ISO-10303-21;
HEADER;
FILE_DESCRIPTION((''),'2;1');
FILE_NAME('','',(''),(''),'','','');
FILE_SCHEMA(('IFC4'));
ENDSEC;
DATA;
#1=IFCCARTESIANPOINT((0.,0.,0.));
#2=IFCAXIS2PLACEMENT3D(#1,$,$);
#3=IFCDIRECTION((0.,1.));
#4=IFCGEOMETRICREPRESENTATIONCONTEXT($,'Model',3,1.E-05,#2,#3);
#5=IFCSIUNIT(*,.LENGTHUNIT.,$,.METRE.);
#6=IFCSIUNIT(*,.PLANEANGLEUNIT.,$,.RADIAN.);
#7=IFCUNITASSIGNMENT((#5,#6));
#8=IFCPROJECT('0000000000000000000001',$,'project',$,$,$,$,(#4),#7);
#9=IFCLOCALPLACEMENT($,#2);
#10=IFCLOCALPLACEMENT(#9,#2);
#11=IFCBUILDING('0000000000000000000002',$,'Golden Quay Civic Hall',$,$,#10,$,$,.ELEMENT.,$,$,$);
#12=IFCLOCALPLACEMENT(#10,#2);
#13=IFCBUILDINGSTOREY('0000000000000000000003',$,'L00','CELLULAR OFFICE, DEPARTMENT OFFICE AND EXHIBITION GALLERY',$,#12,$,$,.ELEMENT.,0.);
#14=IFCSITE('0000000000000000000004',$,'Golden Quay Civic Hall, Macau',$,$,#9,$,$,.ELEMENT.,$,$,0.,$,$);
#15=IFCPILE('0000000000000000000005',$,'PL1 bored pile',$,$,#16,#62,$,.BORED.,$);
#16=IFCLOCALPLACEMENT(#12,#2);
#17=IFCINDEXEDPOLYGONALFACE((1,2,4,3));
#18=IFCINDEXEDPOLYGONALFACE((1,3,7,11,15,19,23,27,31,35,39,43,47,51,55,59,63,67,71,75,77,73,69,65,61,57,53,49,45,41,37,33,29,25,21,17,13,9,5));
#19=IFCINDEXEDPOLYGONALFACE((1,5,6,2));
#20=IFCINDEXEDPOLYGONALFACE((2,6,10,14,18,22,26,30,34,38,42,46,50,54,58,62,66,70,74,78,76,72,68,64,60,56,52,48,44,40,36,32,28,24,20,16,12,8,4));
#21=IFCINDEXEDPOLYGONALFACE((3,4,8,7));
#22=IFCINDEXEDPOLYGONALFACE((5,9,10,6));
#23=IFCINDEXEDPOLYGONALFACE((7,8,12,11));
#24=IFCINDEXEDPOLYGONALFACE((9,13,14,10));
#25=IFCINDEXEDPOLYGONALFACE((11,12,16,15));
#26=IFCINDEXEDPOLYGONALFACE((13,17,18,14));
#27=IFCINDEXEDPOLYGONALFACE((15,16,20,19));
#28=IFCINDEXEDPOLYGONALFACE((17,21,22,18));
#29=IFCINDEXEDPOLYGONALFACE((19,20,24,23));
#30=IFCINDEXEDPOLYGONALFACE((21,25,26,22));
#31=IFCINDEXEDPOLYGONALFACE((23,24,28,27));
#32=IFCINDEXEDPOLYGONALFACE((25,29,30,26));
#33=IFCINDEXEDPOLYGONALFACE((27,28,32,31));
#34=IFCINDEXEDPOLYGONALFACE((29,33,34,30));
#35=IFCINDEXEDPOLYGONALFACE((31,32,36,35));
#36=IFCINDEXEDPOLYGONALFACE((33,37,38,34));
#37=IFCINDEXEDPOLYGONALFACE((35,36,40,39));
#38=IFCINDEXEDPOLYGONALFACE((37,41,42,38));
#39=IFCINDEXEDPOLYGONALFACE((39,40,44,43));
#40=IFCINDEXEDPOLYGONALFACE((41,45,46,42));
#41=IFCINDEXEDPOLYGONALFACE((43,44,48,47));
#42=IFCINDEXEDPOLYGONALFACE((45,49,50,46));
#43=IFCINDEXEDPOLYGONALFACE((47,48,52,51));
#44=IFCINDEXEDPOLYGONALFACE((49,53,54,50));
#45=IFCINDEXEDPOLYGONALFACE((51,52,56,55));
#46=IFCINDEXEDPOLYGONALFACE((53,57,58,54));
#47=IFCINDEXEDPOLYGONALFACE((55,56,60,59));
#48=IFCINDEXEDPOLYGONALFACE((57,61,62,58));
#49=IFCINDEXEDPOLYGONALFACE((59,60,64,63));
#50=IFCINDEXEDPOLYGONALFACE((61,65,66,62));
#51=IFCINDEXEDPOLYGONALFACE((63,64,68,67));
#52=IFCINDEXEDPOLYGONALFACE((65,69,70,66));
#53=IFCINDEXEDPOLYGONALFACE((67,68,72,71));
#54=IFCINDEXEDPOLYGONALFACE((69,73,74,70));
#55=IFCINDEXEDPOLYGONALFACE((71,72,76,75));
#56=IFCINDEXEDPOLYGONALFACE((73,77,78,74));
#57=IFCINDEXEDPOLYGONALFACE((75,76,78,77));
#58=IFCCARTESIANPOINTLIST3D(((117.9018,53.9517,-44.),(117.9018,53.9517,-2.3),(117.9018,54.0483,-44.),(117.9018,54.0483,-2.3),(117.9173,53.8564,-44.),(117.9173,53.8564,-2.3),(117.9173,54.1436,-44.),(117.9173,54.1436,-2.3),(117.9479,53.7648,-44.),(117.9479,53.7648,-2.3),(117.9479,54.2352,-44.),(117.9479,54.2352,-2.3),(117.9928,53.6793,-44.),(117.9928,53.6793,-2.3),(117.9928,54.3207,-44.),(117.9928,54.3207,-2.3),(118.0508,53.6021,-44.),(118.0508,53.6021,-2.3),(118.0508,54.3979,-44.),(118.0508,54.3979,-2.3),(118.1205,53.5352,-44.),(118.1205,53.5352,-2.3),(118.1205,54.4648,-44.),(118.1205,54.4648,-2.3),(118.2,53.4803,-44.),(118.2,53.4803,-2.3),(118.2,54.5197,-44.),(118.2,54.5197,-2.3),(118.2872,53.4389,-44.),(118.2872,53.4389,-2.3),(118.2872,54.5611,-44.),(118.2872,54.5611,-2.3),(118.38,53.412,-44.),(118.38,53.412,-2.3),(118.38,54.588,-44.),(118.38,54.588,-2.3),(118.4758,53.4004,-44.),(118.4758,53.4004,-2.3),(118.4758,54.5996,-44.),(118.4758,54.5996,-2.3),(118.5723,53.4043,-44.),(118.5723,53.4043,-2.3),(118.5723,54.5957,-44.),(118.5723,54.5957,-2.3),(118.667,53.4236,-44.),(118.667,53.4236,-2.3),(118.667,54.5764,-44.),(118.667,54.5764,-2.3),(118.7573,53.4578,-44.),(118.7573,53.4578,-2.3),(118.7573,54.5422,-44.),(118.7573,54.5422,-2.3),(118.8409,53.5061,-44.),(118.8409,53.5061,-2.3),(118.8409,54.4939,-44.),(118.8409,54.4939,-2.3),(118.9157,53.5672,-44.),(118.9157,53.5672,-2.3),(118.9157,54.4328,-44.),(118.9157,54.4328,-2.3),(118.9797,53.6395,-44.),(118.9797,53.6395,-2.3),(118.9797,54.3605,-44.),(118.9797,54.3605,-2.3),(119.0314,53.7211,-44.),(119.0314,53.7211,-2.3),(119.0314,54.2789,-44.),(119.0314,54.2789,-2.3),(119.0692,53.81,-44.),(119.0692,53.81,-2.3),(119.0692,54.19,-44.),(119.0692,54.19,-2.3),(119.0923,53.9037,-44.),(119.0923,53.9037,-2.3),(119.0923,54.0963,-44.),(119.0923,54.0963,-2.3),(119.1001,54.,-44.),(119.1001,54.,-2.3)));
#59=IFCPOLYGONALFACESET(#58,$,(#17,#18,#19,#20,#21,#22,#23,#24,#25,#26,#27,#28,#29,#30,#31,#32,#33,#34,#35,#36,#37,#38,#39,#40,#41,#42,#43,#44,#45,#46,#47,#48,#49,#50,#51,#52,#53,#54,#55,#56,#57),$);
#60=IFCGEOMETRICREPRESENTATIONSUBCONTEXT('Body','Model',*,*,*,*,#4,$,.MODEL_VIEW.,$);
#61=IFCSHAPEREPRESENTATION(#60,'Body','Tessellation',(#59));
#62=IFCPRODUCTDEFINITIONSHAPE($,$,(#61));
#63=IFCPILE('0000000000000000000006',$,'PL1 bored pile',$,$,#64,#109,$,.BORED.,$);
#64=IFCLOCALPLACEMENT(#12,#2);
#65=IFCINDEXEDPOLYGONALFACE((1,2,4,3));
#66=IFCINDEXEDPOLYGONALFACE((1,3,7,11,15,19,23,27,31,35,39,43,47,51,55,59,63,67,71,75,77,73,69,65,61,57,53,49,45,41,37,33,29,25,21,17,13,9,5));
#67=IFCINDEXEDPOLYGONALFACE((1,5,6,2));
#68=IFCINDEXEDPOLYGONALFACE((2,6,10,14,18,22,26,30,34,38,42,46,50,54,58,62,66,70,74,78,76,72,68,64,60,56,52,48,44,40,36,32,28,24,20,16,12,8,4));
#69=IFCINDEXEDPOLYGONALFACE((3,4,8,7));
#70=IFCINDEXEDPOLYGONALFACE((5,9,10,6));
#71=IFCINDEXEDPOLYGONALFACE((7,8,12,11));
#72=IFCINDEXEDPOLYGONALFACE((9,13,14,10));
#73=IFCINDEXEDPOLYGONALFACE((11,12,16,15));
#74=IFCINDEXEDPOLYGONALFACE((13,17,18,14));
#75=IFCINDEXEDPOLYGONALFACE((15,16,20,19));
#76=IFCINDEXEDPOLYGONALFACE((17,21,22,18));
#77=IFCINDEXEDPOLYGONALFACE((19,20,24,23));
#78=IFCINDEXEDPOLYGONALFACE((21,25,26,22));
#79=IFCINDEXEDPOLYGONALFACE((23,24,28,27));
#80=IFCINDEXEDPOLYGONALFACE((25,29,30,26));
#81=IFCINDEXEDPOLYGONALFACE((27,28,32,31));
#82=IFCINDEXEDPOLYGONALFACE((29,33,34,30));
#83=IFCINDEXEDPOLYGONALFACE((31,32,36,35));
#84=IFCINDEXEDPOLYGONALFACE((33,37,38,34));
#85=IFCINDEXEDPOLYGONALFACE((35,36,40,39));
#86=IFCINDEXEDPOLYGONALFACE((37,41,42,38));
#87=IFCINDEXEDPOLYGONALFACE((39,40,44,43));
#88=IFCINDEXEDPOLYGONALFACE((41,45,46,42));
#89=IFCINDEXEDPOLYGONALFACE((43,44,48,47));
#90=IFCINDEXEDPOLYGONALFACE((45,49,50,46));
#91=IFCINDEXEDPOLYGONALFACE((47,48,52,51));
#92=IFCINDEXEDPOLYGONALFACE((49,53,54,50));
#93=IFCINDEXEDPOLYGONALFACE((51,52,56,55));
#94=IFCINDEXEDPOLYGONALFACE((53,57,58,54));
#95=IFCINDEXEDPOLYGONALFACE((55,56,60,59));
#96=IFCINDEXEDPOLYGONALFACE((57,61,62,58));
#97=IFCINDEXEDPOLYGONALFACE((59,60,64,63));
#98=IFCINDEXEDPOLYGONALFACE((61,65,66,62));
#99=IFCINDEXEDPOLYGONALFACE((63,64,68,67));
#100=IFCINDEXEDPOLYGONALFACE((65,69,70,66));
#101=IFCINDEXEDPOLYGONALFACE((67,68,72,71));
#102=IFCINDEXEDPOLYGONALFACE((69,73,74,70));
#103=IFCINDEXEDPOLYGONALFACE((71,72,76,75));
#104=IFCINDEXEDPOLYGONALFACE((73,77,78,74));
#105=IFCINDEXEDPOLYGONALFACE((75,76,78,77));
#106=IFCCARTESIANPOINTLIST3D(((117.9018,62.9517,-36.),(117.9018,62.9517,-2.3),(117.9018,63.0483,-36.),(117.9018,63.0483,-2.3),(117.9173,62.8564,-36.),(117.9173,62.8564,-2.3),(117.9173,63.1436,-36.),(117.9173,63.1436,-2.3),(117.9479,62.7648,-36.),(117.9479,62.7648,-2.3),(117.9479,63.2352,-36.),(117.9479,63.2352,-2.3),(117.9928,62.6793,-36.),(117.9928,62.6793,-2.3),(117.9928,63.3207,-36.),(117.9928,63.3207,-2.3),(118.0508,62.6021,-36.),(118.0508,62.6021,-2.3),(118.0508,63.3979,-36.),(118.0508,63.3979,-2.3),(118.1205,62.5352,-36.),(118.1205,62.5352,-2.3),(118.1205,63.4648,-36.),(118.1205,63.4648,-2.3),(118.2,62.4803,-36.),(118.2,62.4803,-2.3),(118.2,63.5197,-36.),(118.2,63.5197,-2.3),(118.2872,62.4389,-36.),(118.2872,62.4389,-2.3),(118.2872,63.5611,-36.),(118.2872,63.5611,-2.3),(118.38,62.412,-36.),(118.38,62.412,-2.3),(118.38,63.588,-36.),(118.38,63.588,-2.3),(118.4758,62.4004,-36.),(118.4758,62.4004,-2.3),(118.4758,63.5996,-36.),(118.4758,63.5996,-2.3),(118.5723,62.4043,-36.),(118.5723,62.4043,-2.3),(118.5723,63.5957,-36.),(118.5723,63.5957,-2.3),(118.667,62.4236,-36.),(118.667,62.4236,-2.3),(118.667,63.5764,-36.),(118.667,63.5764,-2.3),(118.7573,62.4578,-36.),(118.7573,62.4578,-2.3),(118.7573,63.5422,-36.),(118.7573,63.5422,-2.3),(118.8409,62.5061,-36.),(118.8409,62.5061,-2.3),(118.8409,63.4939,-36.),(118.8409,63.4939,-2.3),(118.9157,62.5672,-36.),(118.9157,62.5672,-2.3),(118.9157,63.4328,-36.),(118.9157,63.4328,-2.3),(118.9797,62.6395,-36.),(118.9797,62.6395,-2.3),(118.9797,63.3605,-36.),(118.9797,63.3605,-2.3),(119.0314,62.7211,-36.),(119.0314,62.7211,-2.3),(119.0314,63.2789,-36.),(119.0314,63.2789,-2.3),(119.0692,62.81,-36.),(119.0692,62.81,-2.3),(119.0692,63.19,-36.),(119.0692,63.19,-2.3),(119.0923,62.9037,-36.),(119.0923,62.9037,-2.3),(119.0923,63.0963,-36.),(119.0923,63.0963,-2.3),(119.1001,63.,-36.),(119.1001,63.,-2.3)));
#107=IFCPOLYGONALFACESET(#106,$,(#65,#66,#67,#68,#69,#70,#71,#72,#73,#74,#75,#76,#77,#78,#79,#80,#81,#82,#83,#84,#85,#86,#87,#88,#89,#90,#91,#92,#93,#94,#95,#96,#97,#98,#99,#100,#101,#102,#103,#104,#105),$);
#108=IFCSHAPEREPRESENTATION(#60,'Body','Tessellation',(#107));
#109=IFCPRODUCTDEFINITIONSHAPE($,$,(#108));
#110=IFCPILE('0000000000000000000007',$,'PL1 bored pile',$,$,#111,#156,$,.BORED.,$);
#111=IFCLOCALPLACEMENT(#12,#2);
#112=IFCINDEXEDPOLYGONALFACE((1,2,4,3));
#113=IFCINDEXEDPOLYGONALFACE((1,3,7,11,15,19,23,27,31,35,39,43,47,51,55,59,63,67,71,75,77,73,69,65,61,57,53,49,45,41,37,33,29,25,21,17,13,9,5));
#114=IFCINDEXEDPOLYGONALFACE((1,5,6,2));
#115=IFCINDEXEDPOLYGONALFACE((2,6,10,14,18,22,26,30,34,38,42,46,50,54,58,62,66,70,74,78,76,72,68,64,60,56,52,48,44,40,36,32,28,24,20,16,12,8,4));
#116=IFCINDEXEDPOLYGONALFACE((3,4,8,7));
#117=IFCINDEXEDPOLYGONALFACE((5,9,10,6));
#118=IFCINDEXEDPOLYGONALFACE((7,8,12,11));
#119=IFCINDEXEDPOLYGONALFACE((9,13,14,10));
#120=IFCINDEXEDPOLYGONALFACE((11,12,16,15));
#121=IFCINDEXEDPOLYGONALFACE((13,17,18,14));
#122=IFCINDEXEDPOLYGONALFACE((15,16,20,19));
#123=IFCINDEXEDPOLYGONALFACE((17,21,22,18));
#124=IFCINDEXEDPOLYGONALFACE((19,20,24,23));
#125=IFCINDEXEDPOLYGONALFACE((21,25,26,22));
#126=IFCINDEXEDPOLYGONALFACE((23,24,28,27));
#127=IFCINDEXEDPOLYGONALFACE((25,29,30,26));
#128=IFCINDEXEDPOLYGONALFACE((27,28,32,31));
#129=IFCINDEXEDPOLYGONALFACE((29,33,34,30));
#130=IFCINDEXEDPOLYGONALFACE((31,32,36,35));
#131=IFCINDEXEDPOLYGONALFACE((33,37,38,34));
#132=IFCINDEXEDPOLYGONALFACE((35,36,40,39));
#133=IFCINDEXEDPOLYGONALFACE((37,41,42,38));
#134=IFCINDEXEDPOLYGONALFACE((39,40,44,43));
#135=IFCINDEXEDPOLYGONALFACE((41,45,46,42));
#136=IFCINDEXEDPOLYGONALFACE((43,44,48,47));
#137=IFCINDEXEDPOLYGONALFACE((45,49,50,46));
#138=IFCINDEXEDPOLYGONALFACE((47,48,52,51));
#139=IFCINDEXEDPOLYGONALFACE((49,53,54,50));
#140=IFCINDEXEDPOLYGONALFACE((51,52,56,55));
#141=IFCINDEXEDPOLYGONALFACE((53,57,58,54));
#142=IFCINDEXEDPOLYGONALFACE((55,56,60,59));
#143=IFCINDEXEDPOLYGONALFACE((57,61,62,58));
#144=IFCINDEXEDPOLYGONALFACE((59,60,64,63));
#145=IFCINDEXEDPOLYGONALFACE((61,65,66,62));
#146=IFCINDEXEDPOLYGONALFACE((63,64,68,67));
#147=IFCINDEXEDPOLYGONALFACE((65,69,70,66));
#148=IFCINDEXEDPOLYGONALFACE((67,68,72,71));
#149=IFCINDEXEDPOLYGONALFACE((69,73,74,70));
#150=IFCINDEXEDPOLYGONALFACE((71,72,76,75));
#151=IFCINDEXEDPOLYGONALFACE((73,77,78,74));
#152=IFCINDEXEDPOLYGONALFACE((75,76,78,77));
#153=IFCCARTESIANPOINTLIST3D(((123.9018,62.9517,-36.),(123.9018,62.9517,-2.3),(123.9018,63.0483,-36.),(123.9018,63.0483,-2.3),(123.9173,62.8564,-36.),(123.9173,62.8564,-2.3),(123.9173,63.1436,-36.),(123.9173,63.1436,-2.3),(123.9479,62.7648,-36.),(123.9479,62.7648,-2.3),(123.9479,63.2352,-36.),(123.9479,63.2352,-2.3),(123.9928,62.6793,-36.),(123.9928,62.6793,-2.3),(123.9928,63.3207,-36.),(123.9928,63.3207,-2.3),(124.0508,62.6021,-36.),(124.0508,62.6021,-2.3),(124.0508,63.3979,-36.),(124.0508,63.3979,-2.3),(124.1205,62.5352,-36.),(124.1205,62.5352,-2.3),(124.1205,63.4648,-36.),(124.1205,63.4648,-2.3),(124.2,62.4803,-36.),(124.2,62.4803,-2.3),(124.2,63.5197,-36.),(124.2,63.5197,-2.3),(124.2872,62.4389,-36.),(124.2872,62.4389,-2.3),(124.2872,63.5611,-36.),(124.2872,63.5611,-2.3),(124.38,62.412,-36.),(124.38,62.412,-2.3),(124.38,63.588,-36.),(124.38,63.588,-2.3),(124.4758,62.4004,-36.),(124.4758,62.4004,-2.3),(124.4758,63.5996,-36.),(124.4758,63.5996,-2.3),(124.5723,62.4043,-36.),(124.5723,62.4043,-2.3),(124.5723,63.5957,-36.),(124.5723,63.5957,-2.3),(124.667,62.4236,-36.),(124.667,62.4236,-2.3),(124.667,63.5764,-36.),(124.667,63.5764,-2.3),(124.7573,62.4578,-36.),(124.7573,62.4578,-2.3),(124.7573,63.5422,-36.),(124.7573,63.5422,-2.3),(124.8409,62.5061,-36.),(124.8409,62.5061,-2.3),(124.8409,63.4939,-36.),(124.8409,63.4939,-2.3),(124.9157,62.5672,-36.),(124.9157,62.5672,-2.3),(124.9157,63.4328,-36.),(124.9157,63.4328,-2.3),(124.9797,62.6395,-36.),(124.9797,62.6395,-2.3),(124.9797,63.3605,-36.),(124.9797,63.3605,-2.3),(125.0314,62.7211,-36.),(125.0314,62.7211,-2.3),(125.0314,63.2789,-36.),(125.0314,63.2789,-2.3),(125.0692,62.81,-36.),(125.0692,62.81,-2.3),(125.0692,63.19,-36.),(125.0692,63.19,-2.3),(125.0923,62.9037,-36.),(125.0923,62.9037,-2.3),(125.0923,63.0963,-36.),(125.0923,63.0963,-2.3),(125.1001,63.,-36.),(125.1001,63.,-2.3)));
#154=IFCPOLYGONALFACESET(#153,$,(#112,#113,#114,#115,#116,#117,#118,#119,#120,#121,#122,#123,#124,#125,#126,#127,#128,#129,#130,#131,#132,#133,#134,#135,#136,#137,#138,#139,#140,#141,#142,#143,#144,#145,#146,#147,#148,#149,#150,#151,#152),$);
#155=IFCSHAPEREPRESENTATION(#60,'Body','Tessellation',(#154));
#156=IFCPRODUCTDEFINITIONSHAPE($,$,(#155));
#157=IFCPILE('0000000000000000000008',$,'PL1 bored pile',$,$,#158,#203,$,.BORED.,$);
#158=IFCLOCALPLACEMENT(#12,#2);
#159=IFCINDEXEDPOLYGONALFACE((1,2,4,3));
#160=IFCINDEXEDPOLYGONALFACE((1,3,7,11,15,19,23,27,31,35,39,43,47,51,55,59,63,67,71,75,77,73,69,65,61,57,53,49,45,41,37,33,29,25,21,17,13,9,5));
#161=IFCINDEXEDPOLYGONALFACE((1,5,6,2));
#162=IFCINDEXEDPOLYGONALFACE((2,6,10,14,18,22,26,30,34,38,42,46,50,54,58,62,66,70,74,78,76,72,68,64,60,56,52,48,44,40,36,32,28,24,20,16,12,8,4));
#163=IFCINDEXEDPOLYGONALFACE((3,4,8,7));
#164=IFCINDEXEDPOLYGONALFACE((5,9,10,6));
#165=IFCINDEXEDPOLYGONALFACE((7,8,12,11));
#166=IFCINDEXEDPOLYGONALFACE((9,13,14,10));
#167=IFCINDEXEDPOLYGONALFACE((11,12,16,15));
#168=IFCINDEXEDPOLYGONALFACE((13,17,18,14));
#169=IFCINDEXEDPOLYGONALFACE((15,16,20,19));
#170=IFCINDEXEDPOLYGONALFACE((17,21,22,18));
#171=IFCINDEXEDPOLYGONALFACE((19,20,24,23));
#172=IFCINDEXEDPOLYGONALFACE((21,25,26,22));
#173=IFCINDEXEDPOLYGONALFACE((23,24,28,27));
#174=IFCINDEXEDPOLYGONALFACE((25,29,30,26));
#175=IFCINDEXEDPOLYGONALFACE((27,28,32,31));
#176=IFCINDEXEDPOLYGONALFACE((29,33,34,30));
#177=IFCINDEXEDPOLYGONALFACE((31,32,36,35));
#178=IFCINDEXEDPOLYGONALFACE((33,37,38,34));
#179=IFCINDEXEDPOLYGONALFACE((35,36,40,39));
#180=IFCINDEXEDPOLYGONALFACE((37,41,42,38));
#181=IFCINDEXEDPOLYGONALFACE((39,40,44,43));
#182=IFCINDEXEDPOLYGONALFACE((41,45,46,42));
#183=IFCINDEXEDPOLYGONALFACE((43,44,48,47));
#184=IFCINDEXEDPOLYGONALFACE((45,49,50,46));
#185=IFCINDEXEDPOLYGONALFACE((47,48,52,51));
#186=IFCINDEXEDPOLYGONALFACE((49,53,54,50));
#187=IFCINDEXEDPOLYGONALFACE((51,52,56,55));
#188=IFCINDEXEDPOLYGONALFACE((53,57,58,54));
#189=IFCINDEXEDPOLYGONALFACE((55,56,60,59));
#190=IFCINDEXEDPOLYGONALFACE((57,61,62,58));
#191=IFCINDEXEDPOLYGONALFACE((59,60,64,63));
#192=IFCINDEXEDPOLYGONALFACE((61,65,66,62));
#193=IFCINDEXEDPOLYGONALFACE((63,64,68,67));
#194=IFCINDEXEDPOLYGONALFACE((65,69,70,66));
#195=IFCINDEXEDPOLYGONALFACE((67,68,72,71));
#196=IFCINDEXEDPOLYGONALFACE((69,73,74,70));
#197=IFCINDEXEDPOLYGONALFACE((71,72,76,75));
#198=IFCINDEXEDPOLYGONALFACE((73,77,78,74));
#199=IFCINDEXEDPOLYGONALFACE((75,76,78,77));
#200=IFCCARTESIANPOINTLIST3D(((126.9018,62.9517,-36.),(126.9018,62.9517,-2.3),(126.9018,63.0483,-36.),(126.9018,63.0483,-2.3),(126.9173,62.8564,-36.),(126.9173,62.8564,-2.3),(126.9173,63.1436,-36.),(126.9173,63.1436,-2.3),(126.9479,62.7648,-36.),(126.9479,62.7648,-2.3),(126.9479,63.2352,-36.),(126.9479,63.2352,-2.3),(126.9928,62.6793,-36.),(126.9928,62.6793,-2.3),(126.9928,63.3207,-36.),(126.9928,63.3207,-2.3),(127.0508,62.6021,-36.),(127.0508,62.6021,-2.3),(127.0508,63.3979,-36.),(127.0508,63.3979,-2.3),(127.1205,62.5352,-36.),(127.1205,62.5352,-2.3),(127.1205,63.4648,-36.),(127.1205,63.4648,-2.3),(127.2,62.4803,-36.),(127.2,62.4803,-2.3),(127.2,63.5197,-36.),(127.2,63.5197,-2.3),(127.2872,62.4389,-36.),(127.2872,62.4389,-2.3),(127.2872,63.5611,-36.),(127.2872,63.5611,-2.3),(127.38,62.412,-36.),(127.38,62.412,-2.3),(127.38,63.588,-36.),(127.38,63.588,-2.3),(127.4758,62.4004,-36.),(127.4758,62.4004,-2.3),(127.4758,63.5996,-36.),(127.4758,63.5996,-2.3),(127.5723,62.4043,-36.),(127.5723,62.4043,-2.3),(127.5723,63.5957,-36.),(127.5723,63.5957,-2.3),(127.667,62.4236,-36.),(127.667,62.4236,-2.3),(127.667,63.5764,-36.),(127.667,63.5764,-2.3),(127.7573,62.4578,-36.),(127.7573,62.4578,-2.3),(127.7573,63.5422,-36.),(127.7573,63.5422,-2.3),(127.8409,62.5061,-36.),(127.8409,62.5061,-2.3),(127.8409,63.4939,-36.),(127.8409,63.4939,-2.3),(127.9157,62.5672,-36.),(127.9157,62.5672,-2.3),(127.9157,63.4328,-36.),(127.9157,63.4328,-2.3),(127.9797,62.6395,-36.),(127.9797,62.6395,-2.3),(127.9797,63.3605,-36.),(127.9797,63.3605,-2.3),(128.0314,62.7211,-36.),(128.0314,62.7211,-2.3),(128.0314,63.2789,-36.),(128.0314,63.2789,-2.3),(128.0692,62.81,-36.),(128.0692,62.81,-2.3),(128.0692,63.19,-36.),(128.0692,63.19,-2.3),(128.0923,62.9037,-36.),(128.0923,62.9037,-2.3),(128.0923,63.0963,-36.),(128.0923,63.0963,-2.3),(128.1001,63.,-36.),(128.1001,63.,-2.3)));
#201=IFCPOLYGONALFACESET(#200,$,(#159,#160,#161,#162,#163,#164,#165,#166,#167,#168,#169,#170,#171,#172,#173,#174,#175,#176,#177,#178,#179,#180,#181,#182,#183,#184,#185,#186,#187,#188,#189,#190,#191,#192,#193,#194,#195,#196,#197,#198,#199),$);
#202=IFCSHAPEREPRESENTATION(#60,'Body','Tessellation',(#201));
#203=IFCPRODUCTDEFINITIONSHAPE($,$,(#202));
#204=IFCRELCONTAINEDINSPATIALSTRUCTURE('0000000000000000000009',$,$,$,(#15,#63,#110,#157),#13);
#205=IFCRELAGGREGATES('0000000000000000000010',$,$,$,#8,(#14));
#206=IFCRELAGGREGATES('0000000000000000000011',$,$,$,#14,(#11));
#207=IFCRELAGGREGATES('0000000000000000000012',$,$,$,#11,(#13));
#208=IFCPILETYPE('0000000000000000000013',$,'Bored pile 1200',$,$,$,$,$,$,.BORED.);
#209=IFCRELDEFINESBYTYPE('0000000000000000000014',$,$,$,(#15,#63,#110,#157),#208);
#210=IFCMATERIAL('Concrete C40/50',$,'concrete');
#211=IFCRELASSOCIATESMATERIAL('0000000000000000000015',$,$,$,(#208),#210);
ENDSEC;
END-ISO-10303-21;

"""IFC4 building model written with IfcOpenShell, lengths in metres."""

from ifc_helpers import new_model, si_unit, direction, frame, origin, origin_2d, place, context, subcontext, project, spatial, circle, extrude, material, material_profile, profile_set, type_object, element, save


model = new_model("IFC4")

# Units and contexts
model_context = context("Model", 3, precision=1e-05, world=origin(), true_north=direction((0.0, 1.0)))
body_context = subcontext(model_context, "Body", "Model", "MODEL_VIEW")
ifc_project = project(units=[si_unit("LENGTHUNIT", "METRE"), si_unit("PLANEANGLEUNIT", "RADIAN")], contexts=[model_context])

# Site, building, storey
site_placement = place(None, origin())
site = spatial("IfcSite", under=ifc_project, at=site_placement, Name="Golden Quay Civic Hall, Macau", CompositionType="ELEMENT", RefElevation=0.0)
building_placement = place(site_placement, origin())
building = spatial("IfcBuilding", under=site, at=building_placement, Name="Golden Quay Civic Hall", CompositionType="ELEMENT")
storey_placement = place(building_placement, origin())
storey = spatial("IfcBuildingStorey", under=building, at=storey_placement, Name="L00", Description="CELLULAR OFFICE, DEPARTMENT OFFICE AND EXHIBITION GALLERY", CompositionType="ELEMENT", Elevation=0.0)

# Piles
ifc_material_1 = material(Name="Concrete C40/50", Category="concrete")
ifc_material_profile_1 = material_profile(ifc_material_1, circle(Radius=0.6001, at=origin_2d()), Name="RC D1200")
ifc_profile_set_1 = profile_set([ifc_material_profile_1], Name="Concrete C40/50")
pile_type = type_object("IfcPileType", Name="Bored pile 1200", PredefinedType="BORED", material=ifc_profile_set_1)
pile_placement = place(storey_placement, frame((118.5, 54.0, -2.3), z_axis=(0.0, 0.0, -1.0), x_axis=(1.0, 0.0, 0.0)))
element("IfcPile", 1, at=pile_placement, inside=storey, type_object=pile_type, Name="PL1 bored pile", PredefinedType="BORED", context=body_context, shape_type="SweptSolid", body=[
    extrude(circle(Radius=0.6001, at=origin_2d()), origin(), (0.0, 0.0, 1.0), 41.7),
])
for number, where, z_axis, x_axis, name in (
    (2, (118.5, 63.0, -2.3), (0.0, 0.0, -1.0), (1.0, 0.0, 0.0), "PL1 bored pile"),
    (3, (124.5, 63.0, -2.3), (0.0, 0.0, -1.0), (1.0, 0.0, 0.0), "PL1 bored pile"),
    (4, (127.5, 63.0, -2.3), (0.0, 0.0, -1.0), (1.0, 0.0, 0.0), "PL1 bored pile"),
):
    element("IfcPile", number, at=place(storey_placement, frame(where, z_axis=z_axis, x_axis=x_axis)), inside=storey, type_object=pile_type, Name=name, PredefinedType="BORED", context=body_context, shape_type="SweptSolid", body=[
        extrude(circle(Radius=0.6001, at=origin_2d()), origin(), (0.0, 0.0, 1.0), 33.7),
    ])

save(model, "model.ifc")
